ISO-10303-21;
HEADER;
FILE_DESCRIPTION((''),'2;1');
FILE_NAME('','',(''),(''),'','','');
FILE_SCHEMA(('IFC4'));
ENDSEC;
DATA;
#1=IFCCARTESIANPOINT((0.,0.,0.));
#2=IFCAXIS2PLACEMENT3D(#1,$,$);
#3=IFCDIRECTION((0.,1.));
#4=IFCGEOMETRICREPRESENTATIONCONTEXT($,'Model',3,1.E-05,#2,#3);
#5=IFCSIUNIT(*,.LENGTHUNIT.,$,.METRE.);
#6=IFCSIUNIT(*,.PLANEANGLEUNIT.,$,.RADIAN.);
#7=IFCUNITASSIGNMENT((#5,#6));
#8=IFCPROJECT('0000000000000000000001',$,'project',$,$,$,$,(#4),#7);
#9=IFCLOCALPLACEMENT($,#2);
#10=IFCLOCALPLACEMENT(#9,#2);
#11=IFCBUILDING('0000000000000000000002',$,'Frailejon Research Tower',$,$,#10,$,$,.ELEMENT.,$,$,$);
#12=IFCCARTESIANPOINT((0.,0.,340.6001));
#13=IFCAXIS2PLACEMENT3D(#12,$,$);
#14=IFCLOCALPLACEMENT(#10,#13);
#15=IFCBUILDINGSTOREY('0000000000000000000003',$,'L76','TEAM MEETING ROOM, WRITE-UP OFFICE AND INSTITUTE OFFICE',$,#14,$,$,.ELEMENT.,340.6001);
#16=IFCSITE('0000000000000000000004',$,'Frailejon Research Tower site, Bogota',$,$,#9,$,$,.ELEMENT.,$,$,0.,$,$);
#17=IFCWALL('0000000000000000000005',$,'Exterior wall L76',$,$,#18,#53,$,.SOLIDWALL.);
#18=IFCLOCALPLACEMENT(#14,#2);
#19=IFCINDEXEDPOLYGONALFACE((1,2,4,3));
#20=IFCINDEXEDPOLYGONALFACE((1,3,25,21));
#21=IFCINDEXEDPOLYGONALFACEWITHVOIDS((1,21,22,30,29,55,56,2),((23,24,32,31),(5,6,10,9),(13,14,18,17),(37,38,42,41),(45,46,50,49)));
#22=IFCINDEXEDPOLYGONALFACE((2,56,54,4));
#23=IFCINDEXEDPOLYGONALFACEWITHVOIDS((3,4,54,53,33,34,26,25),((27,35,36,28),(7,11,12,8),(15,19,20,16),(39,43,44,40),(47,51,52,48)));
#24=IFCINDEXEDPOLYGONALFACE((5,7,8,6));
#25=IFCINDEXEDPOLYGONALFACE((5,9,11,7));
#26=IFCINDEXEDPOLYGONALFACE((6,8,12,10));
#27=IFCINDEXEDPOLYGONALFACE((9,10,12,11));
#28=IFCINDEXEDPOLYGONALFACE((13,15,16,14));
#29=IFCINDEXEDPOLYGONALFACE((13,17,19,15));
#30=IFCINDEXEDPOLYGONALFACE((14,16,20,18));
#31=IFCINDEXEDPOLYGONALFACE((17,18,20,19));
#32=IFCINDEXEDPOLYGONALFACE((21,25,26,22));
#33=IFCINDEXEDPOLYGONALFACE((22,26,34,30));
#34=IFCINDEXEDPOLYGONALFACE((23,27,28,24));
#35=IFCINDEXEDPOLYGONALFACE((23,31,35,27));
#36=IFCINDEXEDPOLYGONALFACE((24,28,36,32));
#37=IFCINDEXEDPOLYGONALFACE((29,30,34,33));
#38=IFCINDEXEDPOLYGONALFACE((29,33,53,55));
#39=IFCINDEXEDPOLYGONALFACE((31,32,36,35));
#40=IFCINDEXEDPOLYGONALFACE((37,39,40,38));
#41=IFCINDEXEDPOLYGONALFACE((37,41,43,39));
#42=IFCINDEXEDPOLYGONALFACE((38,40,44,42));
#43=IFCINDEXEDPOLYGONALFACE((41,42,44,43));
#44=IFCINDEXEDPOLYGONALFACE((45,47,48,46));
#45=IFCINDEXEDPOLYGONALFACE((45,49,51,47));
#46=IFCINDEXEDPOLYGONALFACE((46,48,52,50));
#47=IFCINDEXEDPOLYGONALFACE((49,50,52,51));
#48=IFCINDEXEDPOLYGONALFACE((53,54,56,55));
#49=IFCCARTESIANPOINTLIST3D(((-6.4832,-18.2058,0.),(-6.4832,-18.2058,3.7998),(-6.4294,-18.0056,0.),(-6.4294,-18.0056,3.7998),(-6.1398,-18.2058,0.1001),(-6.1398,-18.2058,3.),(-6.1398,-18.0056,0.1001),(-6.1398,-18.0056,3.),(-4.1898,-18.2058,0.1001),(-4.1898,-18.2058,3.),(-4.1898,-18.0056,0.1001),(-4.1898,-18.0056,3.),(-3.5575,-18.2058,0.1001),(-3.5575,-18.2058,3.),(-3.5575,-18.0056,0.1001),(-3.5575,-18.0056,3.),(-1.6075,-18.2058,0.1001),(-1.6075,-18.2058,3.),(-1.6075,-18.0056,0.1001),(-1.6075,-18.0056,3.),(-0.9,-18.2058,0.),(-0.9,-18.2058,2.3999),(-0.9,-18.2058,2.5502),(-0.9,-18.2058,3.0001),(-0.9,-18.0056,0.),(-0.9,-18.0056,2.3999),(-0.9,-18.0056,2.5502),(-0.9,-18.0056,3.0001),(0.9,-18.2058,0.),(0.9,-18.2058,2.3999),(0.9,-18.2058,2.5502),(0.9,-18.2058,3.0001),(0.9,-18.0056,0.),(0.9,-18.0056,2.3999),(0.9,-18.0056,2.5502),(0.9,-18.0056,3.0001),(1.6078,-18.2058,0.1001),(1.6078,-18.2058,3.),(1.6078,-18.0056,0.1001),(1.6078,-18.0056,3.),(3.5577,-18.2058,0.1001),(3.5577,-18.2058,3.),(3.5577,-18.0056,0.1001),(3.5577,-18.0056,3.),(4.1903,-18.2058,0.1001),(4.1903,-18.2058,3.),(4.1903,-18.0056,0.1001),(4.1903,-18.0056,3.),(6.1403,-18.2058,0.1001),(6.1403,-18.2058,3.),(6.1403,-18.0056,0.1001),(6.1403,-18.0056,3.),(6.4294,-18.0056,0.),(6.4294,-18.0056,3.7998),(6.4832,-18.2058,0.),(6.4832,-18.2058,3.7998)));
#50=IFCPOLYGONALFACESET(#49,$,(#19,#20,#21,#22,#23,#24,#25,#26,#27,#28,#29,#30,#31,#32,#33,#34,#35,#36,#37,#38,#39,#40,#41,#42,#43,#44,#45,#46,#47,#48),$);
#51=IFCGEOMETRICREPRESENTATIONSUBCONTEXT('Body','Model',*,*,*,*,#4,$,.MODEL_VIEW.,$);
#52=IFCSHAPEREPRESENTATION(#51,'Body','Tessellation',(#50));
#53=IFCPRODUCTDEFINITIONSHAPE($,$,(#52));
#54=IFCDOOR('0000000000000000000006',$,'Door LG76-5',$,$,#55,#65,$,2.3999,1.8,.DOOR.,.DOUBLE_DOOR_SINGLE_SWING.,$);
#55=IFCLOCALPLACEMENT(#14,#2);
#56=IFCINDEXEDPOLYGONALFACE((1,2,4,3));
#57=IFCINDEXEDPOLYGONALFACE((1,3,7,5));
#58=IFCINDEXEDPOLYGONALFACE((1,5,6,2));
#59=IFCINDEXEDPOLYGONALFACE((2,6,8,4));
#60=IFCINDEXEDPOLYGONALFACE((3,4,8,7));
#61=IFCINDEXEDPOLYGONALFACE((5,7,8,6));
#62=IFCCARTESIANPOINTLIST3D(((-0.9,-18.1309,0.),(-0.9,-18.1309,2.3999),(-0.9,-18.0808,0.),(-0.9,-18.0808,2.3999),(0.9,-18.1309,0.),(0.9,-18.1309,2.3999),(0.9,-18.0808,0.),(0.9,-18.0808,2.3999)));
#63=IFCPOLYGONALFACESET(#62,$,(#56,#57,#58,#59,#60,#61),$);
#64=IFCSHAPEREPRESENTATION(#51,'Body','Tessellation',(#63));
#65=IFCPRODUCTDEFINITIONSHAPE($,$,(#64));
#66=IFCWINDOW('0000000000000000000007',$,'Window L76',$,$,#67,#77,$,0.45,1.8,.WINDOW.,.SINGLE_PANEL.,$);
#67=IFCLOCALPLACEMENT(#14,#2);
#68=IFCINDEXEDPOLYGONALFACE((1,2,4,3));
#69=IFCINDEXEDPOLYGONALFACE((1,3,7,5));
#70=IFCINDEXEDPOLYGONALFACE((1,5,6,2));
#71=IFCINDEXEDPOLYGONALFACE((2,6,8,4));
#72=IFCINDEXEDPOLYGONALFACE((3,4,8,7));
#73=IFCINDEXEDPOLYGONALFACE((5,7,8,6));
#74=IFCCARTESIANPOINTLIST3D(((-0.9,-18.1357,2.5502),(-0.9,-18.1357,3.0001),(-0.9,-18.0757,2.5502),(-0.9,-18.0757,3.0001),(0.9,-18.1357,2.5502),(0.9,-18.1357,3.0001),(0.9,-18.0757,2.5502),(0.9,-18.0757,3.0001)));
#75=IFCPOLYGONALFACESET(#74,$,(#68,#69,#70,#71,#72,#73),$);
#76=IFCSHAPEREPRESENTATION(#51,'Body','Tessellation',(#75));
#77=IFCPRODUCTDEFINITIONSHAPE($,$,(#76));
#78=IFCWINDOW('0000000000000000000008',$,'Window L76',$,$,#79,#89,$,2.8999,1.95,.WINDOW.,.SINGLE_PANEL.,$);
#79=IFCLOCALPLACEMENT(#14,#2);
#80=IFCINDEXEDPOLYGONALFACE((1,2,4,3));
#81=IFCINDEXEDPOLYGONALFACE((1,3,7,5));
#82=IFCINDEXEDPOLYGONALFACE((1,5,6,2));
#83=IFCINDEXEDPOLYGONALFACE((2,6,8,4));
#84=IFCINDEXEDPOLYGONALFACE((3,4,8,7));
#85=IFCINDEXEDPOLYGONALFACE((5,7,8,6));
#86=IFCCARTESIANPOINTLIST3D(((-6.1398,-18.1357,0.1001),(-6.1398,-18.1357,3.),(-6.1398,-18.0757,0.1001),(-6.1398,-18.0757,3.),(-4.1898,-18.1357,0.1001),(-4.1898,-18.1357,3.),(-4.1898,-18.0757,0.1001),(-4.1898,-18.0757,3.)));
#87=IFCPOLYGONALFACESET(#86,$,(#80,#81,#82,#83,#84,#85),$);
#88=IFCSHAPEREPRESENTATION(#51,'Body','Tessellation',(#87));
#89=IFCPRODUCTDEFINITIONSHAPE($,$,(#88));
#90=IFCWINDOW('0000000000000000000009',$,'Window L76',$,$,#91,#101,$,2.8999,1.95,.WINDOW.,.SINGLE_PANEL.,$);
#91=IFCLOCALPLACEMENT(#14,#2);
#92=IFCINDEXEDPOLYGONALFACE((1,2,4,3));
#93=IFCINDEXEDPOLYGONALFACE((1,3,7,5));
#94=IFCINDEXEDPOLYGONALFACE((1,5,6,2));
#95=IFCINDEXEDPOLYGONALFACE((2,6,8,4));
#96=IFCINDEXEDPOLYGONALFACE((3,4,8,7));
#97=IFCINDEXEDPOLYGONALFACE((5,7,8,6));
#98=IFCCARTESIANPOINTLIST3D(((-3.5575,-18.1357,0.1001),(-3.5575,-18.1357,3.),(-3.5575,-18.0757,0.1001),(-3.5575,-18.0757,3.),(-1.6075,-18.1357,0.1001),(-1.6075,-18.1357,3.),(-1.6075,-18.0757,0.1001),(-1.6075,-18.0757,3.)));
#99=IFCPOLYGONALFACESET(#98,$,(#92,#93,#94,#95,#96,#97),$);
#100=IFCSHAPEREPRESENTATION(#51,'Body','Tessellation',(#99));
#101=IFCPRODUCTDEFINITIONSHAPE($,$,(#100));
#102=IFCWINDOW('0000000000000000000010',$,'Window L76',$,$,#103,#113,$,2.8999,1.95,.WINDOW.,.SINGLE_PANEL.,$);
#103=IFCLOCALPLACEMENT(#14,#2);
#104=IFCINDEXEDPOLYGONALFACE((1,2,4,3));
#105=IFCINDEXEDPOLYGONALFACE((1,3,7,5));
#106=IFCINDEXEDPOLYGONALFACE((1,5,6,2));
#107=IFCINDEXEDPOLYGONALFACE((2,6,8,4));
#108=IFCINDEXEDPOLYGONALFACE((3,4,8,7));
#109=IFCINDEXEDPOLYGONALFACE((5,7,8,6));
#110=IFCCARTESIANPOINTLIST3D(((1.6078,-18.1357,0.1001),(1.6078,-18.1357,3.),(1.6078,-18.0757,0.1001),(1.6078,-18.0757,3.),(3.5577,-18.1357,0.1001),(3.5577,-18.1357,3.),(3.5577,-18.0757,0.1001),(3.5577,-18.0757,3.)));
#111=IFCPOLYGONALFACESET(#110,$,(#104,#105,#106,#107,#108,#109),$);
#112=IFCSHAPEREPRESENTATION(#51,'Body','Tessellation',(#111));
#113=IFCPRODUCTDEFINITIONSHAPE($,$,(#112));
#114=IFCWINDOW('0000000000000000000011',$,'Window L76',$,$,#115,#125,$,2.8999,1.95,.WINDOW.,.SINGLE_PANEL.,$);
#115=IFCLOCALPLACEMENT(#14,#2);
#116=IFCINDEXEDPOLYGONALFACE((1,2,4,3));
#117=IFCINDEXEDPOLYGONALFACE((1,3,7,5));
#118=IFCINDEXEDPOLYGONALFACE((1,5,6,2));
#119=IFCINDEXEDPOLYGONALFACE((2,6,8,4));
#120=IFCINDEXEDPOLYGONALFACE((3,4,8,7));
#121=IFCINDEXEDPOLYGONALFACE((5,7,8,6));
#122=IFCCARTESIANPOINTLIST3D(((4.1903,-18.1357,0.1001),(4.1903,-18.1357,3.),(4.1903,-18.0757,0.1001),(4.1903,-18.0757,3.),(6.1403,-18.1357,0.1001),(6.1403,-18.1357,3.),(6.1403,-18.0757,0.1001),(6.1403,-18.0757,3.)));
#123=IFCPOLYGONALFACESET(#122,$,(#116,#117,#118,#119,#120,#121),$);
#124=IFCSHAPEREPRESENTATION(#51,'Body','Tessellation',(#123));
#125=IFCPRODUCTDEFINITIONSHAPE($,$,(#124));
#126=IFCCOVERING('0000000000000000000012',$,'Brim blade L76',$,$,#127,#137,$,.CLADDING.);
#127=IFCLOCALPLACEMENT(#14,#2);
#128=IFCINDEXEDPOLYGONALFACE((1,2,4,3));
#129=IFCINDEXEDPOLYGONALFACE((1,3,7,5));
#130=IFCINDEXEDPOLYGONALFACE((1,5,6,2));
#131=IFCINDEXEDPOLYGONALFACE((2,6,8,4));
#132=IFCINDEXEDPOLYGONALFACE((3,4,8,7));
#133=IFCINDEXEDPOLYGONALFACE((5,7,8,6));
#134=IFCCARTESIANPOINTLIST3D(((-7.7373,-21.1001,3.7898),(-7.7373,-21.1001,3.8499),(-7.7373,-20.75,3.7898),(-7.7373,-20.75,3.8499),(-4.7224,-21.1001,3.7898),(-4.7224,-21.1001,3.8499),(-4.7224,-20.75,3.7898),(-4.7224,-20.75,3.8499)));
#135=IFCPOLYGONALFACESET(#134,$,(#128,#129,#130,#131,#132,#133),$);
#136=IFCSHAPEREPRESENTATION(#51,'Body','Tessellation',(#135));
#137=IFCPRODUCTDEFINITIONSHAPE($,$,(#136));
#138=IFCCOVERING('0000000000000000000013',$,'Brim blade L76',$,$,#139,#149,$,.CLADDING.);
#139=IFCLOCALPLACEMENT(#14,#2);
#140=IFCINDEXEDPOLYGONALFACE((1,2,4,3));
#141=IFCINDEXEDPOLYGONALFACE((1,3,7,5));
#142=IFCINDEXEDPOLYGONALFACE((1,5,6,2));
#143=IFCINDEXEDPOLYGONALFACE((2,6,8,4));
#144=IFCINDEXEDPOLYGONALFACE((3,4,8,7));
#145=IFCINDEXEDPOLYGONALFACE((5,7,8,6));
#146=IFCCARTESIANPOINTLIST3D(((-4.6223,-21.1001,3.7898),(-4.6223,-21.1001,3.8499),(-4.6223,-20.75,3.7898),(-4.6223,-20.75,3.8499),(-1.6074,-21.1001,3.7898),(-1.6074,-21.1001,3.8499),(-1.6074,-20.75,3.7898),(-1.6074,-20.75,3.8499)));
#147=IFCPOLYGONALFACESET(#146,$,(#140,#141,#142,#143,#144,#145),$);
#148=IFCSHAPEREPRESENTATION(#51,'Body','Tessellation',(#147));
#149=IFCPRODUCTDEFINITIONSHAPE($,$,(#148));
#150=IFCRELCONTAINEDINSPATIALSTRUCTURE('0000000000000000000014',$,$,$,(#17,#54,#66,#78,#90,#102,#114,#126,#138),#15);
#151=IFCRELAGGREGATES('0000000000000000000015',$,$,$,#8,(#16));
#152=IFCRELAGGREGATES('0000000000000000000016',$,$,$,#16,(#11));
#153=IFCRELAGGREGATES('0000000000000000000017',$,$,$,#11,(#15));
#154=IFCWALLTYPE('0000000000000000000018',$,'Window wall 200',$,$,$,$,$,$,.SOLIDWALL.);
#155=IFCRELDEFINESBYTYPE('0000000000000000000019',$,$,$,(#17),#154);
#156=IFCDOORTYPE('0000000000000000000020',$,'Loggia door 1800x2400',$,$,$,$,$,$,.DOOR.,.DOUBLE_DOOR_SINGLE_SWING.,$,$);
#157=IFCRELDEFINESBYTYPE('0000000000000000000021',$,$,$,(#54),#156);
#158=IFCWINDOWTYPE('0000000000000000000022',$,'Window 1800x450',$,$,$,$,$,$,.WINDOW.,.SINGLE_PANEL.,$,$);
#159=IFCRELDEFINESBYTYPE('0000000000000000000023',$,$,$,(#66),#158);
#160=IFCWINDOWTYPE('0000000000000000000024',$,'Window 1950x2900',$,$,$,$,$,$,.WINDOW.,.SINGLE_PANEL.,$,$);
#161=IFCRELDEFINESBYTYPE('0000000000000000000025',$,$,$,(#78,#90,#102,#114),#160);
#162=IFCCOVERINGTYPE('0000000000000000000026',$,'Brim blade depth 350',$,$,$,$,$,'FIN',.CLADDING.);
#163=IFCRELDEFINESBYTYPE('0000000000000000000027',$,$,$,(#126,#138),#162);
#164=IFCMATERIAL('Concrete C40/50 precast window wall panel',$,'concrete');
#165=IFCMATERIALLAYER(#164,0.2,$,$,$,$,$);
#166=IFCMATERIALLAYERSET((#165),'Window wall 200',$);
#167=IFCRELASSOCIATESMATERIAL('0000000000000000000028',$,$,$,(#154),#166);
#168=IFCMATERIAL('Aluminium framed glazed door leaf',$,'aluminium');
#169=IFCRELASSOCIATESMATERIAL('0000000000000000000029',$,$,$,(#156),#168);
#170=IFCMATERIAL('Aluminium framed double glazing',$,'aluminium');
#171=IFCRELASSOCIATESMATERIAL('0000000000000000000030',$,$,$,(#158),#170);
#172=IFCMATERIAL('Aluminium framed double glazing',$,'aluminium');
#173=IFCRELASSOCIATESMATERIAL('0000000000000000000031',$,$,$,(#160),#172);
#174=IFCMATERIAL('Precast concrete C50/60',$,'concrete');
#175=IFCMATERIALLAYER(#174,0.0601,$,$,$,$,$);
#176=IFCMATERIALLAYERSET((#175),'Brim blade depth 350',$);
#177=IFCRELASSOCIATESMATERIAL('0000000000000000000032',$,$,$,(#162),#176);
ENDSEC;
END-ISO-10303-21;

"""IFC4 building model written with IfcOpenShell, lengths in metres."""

from ifc_helpers import new_model, si_unit, direction, frame, frame_2d, origin, place, context, subcontext, project, spatial, polyline, rectangle, outline, extrude, material, layer, layer_set, type_object, element, fill, save


model = new_model("IFC4")

# Units and contexts
model_context = context("Model", 3, precision=1e-05, world=origin(), true_north=direction((0.0, 1.0)))
body_context = subcontext(model_context, "Body", "Model", "MODEL_VIEW")
ifc_project = project(units=[si_unit("LENGTHUNIT", "METRE"), si_unit("PLANEANGLEUNIT", "RADIAN")], contexts=[model_context])

# Site, building, storey
site_placement = place(None, origin())
site = spatial("IfcSite", under=ifc_project, at=site_placement, Name="Frailejon Research Tower site, Bogota", CompositionType="ELEMENT", RefElevation=0.0)
building_placement = place(site_placement, origin())
building = spatial("IfcBuilding", under=site, at=building_placement, Name="Frailejon Research Tower", CompositionType="ELEMENT")
storey_placement = place(building_placement, frame((0.0, 0.0, 340.6001)))
storey = spatial("IfcBuildingStorey", under=building, at=storey_placement, Name="L76", Description="TEAM MEETING ROOM, WRITE-UP OFFICE AND INSTITUTE OFFICE", CompositionType="ELEMENT", Elevation=340.6001)

# Wall, openings, door, windows
ifc_material_1 = material(Name="Concrete C40/50 precast window wall panel", Category="concrete")
ifc_layer_1 = layer(ifc_material_1, 0.2)
ifc_layer_set_1 = layer_set([ifc_layer_1], Name="Window wall 200")
wall_type = type_object("IfcWallType", Name="Window wall 200", PredefinedType="SOLIDWALL", material=ifc_layer_set_1)
wall_placement = place(storey_placement, frame((-6.4563, -18.1057, 0.0), z_axis=(0.0, 0.0, 1.0), x_axis=(1.0, 0.0, 0.0)))
wall = element("IfcWall", 1, at=wall_placement, inside=storey, type_object=wall_type, Name="Exterior wall L76", PredefinedType="SOLIDWALL", context=body_context, shape_type="SweptSolid", body=[
    extrude(outline(polyline([(-0.0269, -0.1001), (1.0537, -0.1001), (2.1343, -0.1001), (3.2148, -0.1001), (4.2952, -0.1001), (5.3757, -0.1001), (6.4563, -0.1001), (7.5369, -0.1001), (8.6174, -0.1001), (9.6978, -0.1001), (10.7783, -0.1001), (11.8589, -0.1001), (12.9395, -0.1001), (12.8857, 0.1001), (11.8142, 0.1001), (10.7427, 0.1001), (9.6709, 0.1001), (8.5994, 0.1001), (7.5278, 0.1001), (6.4563, 0.1001), (5.3848, 0.1001), (4.3132, 0.1001), (3.2417, 0.1001), (2.1699, 0.1001), (1.0984, 0.1001), (0.0269, 0.1001), (-0.0269, -0.1001)])), origin(), (0.0, 0.0, 1.0), 3.7998),
])
opening_1_placement = place(wall_placement, frame((0.3164, 0.0, 0.1001)))
opening_1 = element("IfcOpeningElement", 2, at=opening_1_placement, cuts=wall, PredefinedType="OPENING", context=body_context, shape_type="SweptSolid", body=[
    extrude(rectangle(XDim=1.95, YDim=2.8999, at=frame_2d((0.9751, 1.45))), frame((0.0, 0.1099, 0.0), z_axis=(0.0, -1.0, 0.0), x_axis=(1.0, 0.0, 0.0)), (0.0, 0.0, 1.0), 0.22),
])
opening_2_placement = place(wall_placement, frame((2.8987, 0.0, 0.1001)))
opening_2 = element("IfcOpeningElement", 3, at=opening_2_placement, cuts=wall, PredefinedType="OPENING", context=body_context, shape_type="SweptSolid", body=[
    extrude(rectangle(XDim=1.95, YDim=2.8999, at=frame_2d((0.9751, 1.45))), frame((0.0, 0.1099, 0.0), z_axis=(0.0, -1.0, 0.0), x_axis=(1.0, 0.0, 0.0)), (0.0, 0.0, 1.0), 0.22),
])
opening_3_placement = place(wall_placement, frame((5.5564, 0.0, 0.0)))
opening_3 = element("IfcOpeningElement", 4, at=opening_3_placement, cuts=wall, PredefinedType="OPENING", context=body_context, shape_type="SweptSolid", body=[
    extrude(rectangle(XDim=1.8, YDim=2.3999, at=frame_2d((0.8999, 1.2))), frame((0.0, 0.1099, 0.0), z_axis=(0.0, -1.0, 0.0), x_axis=(1.0, 0.0, 0.0)), (0.0, 0.0, 1.0), 0.22),
])
opening_4_placement = place(wall_placement, frame((5.5564, 0.0, 2.55)))
opening_4 = element("IfcOpeningElement", 5, at=opening_4_placement, cuts=wall, PredefinedType="OPENING", context=body_context, shape_type="SweptSolid", body=[
    extrude(rectangle(XDim=1.8, YDim=0.45, at=frame_2d((0.8999, 0.2251))), frame((0.0, 0.1099, 0.0), z_axis=(0.0, -1.0, 0.0), x_axis=(1.0, 0.0, 0.0)), (0.0, 0.0, 1.0), 0.22),
])
opening_5_placement = place(wall_placement, frame((8.064, 0.0, 0.1001)))
opening_5 = element("IfcOpeningElement", 6, at=opening_5_placement, cuts=wall, PredefinedType="OPENING", context=body_context, shape_type="SweptSolid", body=[
    extrude(rectangle(XDim=1.95, YDim=2.8999, at=frame_2d((0.9751, 1.45))), frame((0.0, 0.1099, 0.0), z_axis=(0.0, -1.0, 0.0), x_axis=(1.0, 0.0, 0.0)), (0.0, 0.0, 1.0), 0.22),
])
opening_6_placement = place(wall_placement, frame((10.6465, 0.0, 0.1001)))
opening_6 = element("IfcOpeningElement", 7, at=opening_6_placement, cuts=wall, PredefinedType="OPENING", context=body_context, shape_type="SweptSolid", body=[
    extrude(rectangle(XDim=1.95, YDim=2.8999, at=frame_2d((0.9751, 1.45))), frame((0.0, 0.1099, 0.0), z_axis=(0.0, -1.0, 0.0), x_axis=(1.0, 0.0, 0.0)), (0.0, 0.0, 1.0), 0.22),
])
ifc_material_2 = material(Name="Aluminium framed glazed door leaf", Category="aluminium")
door_type = type_object("IfcDoorType", Name="Loggia door 1800x2400", OperationType="DOUBLE_DOOR_SINGLE_SWING", PredefinedType="DOOR", material=ifc_material_2)
door_placement = place(opening_3_placement, origin())
door = element("IfcDoor", 8, at=door_placement, inside=storey, type_object=door_type, Name="Door LG76-5", OperationType="DOUBLE_DOOR_SINGLE_SWING", OverallHeight=2.3999, OverallWidth=1.8, PredefinedType="DOOR", context=body_context, shape_type="SweptSolid", body=[
    extrude(rectangle(XDim=1.8, YDim=2.3999, at=frame_2d((0.8999, 1.2))), frame((0.0, 0.0249, 0.0), z_axis=(0.0, -1.0, 0.0), x_axis=(1.0, 0.0, 0.0)), (0.0, 0.0, 1.0), 0.05),
])
fill(opening_3, door)
ifc_material_3 = material(Name="Aluminium framed double glazing", Category="aluminium")
window_type_1 = type_object("IfcWindowType", Name="Window 1800x450", PartitioningType="SINGLE_PANEL", PredefinedType="WINDOW", material=ifc_material_3)
window_1_placement = place(opening_4_placement, origin())
window_1 = element("IfcWindow", 9, at=window_1_placement, inside=storey, type_object=window_type_1, Name="Window L76", OverallHeight=0.45, OverallWidth=1.8, PartitioningType="SINGLE_PANEL", PredefinedType="WINDOW", context=body_context, shape_type="SweptSolid", body=[
    extrude(rectangle(XDim=1.8, YDim=0.45, at=frame_2d((0.8999, 0.2251))), frame((0.0, 0.03, 0.0), z_axis=(0.0, -1.0, 0.0), x_axis=(1.0, 0.0, 0.0)), (0.0, 0.0, 1.0), 0.0601),
])
fill(opening_4, window_1)
ifc_material_4 = material(Name="Aluminium framed double glazing", Category="aluminium")
window_type_2 = type_object("IfcWindowType", Name="Window 1950x2900", PartitioningType="SINGLE_PANEL", PredefinedType="WINDOW", material=ifc_material_4)
window_2_placement = place(opening_1_placement, origin())
window_2 = element("IfcWindow", 10, at=window_2_placement, inside=storey, type_object=window_type_2, Name="Window L76", OverallHeight=2.8999, OverallWidth=1.95, PartitioningType="SINGLE_PANEL", PredefinedType="WINDOW", context=body_context, shape_type="SweptSolid", body=[
    extrude(rectangle(XDim=1.95, YDim=2.8999, at=frame_2d((0.9751, 1.45))), frame((0.0, 0.03, 0.0), z_axis=(0.0, -1.0, 0.0), x_axis=(1.0, 0.0, 0.0)), (0.0, 0.0, 1.0), 0.0601),
])
fill(opening_1, window_2)
window_3_placement = place(opening_2_placement, origin())
window_3 = element("IfcWindow", 11, at=window_3_placement, inside=storey, type_object=window_type_2, Name="Window L76", OverallHeight=2.8999, OverallWidth=1.95, PartitioningType="SINGLE_PANEL", PredefinedType="WINDOW", context=body_context, shape_type="SweptSolid", body=[
    extrude(rectangle(XDim=1.95, YDim=2.8999, at=frame_2d((0.9751, 1.45))), frame((0.0, 0.03, 0.0), z_axis=(0.0, -1.0, 0.0), x_axis=(1.0, 0.0, 0.0)), (0.0, 0.0, 1.0), 0.0601),
])
fill(opening_2, window_3)
window_4_placement = place(opening_5_placement, origin())
window_4 = element("IfcWindow", 12, at=window_4_placement, inside=storey, type_object=window_type_2, Name="Window L76", OverallHeight=2.8999, OverallWidth=1.95, PartitioningType="SINGLE_PANEL", PredefinedType="WINDOW", context=body_context, shape_type="SweptSolid", body=[
    extrude(rectangle(XDim=1.95, YDim=2.8999, at=frame_2d((0.9751, 1.45))), frame((0.0, 0.03, 0.0), z_axis=(0.0, -1.0, 0.0), x_axis=(1.0, 0.0, 0.0)), (0.0, 0.0, 1.0), 0.0601),
])
fill(opening_5, window_4)
window_5_placement = place(opening_6_placement, origin())
window_5 = element("IfcWindow", 13, at=window_5_placement, inside=storey, type_object=window_type_2, Name="Window L76", OverallHeight=2.8999, OverallWidth=1.95, PartitioningType="SINGLE_PANEL", PredefinedType="WINDOW", context=body_context, shape_type="SweptSolid", body=[
    extrude(rectangle(XDim=1.95, YDim=2.8999, at=frame_2d((0.9751, 1.45))), frame((0.0, 0.03, 0.0), z_axis=(0.0, -1.0, 0.0), x_axis=(1.0, 0.0, 0.0)), (0.0, 0.0, 1.0), 0.0601),
])
fill(opening_6, window_5)

# Coverings
ifc_material_5 = material(Name="Precast concrete C50/60", Category="concrete")
ifc_layer_2 = layer(ifc_material_5, 0.0601)
ifc_layer_set_2 = layer_set([ifc_layer_2], Name="Brim blade depth 350")
covering_type_1 = type_object("IfcCoveringType", Name="Brim blade depth 350", ElementType="FIN", PredefinedType="CLADDING", material=ifc_layer_set_2)
for number, where, z_axis, x_axis, name in (
    (14, (-4.7224, -20.75, 3.8499), (-1.0, 0.0, 0.0), (0.0, -1.0, 0.0), "Brim blade L76"),
    (15, (-1.6074, -20.75, 3.8499), (-1.0, 0.0, 0.0), (0.0, -1.0, 0.0), "Brim blade L76"),
):
    element("IfcCovering", number, at=place(storey_placement, frame(where, z_axis=z_axis, x_axis=x_axis)), inside=storey, type_object=covering_type_1, Name=name, PredefinedType="CLADDING", context=body_context, shape_type="SweptSolid", body=[
        extrude(outline(polyline([(0.0, -0.0601), (0.3501, -0.0601), (0.3501, 0.0), (0.0, 0.0), (0.0, -0.0601)])), origin(), (0.0, 0.0, 1.0), 3.0149),
    ])

save(model, "model.ifc")
